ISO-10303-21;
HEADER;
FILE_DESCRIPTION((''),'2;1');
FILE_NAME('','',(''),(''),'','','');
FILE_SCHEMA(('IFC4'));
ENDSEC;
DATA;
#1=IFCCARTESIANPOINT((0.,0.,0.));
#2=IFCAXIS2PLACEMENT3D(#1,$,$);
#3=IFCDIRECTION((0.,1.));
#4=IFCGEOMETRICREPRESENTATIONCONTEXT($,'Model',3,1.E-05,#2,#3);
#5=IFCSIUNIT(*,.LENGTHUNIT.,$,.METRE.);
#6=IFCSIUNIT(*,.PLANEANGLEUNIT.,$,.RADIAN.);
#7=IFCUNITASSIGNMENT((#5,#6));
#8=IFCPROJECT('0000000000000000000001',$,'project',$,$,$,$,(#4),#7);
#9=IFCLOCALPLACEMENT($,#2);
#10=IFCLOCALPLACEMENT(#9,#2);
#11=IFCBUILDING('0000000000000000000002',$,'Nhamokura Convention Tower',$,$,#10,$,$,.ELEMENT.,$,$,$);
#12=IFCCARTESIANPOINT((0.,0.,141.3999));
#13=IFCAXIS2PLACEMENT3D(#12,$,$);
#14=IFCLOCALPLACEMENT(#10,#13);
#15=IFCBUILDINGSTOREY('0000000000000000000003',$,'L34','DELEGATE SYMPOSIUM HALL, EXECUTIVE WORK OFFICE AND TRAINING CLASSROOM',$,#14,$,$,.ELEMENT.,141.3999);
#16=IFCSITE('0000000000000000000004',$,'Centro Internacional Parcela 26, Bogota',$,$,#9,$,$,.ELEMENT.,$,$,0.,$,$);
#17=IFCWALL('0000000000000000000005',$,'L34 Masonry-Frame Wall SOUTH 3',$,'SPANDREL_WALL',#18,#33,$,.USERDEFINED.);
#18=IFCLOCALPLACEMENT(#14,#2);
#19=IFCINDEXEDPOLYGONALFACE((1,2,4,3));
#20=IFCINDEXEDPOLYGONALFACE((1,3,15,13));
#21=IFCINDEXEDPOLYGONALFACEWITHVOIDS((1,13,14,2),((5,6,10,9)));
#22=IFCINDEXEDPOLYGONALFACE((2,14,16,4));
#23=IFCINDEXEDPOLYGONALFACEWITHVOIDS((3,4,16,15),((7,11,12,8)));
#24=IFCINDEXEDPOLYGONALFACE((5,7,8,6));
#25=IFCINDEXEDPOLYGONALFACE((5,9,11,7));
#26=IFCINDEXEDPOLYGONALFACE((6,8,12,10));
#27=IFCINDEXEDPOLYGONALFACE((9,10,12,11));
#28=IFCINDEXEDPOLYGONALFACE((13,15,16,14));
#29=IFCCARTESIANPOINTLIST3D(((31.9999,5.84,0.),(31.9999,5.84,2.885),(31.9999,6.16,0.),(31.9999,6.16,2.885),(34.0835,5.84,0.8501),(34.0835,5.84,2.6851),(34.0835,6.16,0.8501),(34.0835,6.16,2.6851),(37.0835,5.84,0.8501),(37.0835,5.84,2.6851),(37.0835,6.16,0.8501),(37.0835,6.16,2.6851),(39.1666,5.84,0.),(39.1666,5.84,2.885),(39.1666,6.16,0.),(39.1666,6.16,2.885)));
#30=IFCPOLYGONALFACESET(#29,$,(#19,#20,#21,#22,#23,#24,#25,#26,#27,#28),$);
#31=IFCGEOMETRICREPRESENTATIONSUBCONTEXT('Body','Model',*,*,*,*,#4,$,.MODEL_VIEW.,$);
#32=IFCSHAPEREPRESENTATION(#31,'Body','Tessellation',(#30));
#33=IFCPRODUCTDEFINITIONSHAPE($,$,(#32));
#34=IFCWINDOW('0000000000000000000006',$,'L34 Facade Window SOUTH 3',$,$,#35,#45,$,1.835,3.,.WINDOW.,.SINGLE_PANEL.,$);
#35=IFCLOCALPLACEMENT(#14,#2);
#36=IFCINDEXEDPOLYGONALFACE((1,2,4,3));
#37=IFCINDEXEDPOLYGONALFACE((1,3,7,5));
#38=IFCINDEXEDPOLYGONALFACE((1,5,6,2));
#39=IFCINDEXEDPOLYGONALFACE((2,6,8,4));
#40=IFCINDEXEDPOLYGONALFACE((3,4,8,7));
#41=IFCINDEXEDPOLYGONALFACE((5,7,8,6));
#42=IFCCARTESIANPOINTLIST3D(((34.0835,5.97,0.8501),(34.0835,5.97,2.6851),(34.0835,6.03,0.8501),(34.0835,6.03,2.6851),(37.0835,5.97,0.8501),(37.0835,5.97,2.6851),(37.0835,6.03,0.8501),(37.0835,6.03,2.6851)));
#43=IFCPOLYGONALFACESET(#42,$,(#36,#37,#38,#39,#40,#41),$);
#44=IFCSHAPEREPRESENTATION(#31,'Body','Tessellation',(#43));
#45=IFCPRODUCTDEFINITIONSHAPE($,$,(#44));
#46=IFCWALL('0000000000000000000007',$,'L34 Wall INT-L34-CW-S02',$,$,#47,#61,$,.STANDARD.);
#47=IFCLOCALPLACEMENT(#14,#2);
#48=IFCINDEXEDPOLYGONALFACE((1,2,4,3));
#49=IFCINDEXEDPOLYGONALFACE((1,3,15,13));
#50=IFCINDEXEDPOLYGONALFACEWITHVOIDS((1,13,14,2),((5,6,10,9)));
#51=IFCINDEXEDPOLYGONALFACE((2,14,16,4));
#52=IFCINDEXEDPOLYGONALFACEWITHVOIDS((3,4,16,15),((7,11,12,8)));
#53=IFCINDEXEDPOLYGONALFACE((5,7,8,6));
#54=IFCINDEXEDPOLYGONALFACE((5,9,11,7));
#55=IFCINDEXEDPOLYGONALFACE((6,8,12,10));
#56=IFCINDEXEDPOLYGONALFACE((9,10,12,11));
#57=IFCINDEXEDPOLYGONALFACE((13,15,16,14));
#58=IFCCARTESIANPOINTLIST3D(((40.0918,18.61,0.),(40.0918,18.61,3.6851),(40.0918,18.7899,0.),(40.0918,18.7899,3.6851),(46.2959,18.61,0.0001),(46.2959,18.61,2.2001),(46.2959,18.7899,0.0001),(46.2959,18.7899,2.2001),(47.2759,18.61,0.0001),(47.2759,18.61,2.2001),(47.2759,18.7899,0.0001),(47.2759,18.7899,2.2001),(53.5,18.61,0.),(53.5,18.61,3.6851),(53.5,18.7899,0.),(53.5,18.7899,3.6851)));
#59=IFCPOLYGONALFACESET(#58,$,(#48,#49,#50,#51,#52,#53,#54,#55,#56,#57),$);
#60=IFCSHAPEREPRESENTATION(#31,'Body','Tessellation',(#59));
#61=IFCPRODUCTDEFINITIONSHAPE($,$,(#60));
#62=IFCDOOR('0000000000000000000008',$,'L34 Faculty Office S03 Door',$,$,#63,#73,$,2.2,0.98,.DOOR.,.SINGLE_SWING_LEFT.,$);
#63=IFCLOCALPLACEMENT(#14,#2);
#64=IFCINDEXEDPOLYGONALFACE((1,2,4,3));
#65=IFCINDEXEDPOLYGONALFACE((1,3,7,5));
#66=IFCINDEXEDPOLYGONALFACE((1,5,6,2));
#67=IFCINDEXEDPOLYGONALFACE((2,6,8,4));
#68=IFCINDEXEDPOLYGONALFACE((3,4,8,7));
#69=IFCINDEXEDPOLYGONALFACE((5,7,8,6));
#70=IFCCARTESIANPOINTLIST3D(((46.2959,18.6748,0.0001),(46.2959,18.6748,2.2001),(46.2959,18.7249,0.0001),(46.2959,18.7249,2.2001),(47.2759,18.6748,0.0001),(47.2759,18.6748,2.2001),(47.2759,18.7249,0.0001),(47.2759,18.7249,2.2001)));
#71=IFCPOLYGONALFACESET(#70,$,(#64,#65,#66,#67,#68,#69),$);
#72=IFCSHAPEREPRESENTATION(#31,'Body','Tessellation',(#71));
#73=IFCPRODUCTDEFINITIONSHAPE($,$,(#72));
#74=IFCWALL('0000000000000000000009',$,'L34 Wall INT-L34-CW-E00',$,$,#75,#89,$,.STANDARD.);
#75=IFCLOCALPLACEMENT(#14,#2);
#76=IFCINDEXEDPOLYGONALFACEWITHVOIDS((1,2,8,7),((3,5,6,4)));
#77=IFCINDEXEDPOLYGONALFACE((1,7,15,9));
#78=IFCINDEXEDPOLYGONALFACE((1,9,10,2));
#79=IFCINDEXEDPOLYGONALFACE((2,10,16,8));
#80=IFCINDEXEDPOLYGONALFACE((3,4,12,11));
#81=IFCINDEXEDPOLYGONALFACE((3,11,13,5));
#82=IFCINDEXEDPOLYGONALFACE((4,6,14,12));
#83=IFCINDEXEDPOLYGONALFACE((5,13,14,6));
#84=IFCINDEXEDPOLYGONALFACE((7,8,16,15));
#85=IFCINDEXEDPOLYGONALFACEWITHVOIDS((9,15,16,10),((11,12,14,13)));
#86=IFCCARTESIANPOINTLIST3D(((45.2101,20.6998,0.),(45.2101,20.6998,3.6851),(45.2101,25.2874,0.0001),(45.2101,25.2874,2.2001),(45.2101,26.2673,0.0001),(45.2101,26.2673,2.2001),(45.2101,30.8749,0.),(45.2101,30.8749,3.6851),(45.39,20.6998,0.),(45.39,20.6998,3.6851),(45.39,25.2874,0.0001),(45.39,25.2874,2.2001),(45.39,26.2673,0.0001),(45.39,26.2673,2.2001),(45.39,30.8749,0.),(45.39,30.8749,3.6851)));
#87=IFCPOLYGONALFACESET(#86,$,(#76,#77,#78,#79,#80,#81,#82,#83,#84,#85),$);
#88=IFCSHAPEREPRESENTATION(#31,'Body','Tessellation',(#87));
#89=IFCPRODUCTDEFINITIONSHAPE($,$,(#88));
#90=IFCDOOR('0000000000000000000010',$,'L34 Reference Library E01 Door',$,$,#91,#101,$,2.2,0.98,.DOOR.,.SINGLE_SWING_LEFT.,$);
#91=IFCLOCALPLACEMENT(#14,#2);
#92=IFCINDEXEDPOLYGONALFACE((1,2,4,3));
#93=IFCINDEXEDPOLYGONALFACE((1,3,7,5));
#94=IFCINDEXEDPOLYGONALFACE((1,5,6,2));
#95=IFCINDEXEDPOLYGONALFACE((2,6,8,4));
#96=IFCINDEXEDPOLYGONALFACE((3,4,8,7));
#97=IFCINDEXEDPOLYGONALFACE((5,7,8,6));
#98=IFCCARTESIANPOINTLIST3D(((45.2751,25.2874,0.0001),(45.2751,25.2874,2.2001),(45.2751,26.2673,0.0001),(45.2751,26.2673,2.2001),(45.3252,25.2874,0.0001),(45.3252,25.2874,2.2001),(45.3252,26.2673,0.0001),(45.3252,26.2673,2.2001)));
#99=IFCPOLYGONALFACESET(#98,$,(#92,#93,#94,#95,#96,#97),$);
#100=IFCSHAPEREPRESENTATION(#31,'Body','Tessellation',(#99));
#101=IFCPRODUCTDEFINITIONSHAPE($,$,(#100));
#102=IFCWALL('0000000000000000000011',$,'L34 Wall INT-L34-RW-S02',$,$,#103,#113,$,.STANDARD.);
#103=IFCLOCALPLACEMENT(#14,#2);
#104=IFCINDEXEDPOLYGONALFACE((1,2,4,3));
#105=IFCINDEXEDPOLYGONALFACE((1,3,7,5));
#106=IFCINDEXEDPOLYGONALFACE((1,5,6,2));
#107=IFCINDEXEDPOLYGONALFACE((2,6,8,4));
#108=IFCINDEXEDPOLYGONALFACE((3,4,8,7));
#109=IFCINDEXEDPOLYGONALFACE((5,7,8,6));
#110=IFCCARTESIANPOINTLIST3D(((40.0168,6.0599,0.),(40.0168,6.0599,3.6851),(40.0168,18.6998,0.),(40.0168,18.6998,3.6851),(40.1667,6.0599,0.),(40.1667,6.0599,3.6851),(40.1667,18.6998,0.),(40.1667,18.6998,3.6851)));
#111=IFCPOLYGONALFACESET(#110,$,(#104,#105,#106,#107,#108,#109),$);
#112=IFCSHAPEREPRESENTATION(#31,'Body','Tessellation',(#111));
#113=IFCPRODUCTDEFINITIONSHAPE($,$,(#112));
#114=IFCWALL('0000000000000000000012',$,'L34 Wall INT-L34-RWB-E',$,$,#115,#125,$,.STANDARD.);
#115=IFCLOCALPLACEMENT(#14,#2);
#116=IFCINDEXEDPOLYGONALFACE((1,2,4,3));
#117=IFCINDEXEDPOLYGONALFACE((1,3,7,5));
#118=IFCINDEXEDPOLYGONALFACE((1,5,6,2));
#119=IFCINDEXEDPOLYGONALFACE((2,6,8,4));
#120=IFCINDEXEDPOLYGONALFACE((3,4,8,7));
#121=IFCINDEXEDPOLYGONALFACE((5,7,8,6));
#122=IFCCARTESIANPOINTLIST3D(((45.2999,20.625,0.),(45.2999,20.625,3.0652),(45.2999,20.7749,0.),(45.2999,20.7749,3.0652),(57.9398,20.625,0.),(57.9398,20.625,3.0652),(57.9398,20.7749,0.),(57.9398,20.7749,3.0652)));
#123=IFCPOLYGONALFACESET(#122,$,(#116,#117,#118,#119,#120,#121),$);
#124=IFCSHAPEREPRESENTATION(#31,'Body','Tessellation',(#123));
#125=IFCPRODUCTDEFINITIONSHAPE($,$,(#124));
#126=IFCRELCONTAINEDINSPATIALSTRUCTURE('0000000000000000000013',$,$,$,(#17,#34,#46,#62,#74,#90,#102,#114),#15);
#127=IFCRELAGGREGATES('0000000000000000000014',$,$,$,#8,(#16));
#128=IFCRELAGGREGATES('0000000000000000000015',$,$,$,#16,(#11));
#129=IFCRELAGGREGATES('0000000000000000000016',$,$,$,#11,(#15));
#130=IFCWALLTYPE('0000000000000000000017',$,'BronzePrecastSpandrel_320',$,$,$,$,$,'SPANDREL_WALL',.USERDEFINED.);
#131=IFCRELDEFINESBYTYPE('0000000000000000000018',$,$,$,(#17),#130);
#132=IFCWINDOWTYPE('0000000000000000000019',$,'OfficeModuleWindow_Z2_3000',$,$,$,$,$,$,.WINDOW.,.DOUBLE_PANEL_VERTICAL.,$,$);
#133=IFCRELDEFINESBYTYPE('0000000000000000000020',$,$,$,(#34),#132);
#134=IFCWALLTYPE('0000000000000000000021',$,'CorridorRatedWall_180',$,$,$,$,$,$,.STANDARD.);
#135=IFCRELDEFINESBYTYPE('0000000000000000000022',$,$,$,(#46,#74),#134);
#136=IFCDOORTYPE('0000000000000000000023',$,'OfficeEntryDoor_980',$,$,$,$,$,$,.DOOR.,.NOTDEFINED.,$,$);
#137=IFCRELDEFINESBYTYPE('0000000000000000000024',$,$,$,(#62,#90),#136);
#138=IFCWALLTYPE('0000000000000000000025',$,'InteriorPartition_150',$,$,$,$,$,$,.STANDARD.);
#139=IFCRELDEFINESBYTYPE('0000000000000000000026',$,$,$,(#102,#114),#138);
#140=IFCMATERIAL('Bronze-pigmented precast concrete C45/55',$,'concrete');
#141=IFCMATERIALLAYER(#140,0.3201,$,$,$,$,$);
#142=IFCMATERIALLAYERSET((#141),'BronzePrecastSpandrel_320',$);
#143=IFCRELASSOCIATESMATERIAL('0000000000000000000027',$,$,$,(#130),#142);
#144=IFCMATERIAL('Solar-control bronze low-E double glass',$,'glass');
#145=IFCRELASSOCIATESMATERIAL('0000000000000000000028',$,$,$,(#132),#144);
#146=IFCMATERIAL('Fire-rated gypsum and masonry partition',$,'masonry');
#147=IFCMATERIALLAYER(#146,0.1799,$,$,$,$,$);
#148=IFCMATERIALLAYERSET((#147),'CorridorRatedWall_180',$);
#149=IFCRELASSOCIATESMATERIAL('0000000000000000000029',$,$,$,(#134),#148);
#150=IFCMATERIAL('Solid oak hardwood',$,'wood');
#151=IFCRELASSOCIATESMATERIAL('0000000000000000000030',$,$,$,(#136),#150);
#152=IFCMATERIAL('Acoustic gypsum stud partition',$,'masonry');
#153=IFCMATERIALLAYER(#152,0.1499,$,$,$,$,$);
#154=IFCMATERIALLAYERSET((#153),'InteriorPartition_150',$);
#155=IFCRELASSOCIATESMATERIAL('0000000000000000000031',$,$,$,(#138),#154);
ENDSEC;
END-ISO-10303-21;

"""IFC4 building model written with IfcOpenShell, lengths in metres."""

from ifc_helpers import new_model, si_unit, direction, frame, frame_2d, origin, place, context, subcontext, project, spatial, rectangle, extrude, material, layer, layer_set, type_object, element, fill, save


model = new_model("IFC4")

# Units and contexts
model_context = context("Model", 3, precision=1e-05, world=origin(), true_north=direction((0.0, 1.0)))
body_context = subcontext(model_context, "Body", "Model", "MODEL_VIEW")
ifc_project = project(units=[si_unit("LENGTHUNIT", "METRE"), si_unit("PLANEANGLEUNIT", "RADIAN")], contexts=[model_context])

# Site, building, storey
site_placement = place(None, origin())
site = spatial("IfcSite", under=ifc_project, at=site_placement, Name="Centro Internacional Parcela 26, Bogota", CompositionType="ELEMENT", RefElevation=0.0)
building_placement = place(site_placement, origin())
building = spatial("IfcBuilding", under=site, at=building_placement, Name="Nhamokura Convention Tower", CompositionType="ELEMENT")
storey_placement = place(building_placement, frame((0.0, 0.0, 141.3999)))
storey = spatial("IfcBuildingStorey", under=building, at=storey_placement, Name="L34", Description="DELEGATE SYMPOSIUM HALL, EXECUTIVE WORK OFFICE AND TRAINING CLASSROOM", CompositionType="ELEMENT", Elevation=141.3999)

# Wall, opening, window
ifc_material_1 = material(Name="Bronze-pigmented precast concrete C45/55", Category="concrete")
ifc_layer_1 = layer(ifc_material_1, 0.3201)
ifc_layer_set_1 = layer_set([ifc_layer_1], Name="BronzePrecastSpandrel_320")
wall_type_1 = type_object("IfcWallType", Name="BronzePrecastSpandrel_320", ElementType="SPANDREL_WALL", PredefinedType="USERDEFINED", material=ifc_layer_set_1)
wall_1_placement = place(storey_placement, frame((39.1667, 6.0, 0.0), z_axis=(0.0, 0.0, 1.0), x_axis=(-1.0, 0.0, 0.0)))
wall_1 = element("IfcWall", 1, at=wall_1_placement, inside=storey, type_object=wall_type_1, Name="L34 Masonry-Frame Wall SOUTH 3", ObjectType="SPANDREL_WALL", PredefinedType="USERDEFINED", context=body_context, shape_type="SweptSolid", body=[
    extrude(rectangle(XDim=7.1667, YDim=0.3201, at=frame_2d((3.5835, 0.0))), origin(), (0.0, 0.0, 1.0), 2.885),
])
opening_1_placement = place(wall_1_placement, frame((2.0833, 0.0, 0.8501)))
opening_1 = element("IfcOpeningElement", 2, at=opening_1_placement, cuts=wall_1, PredefinedType="OPENING", context=body_context, shape_type="SweptSolid", body=[
    extrude(rectangle(XDim=3.0, YDim=1.835, at=frame_2d((1.5, 0.9175))), frame((0.0, 0.1699, 0.0), z_axis=(0.0, -1.0, 0.0), x_axis=(1.0, 0.0, 0.0)), (0.0, 0.0, 1.0), 0.3401),
])
ifc_material_2 = material(Name="Solar-control bronze low-E double glass", Category="glass")
window_type = type_object("IfcWindowType", Name="OfficeModuleWindow_Z2_3000", PartitioningType="DOUBLE_PANEL_VERTICAL", PredefinedType="WINDOW", material=ifc_material_2)
window_placement = place(opening_1_placement, origin())
window = element("IfcWindow", 3, at=window_placement, inside=storey, type_object=window_type, Name="L34 Facade Window SOUTH 3", OverallHeight=1.835, OverallWidth=3.0, PartitioningType="SINGLE_PANEL", PredefinedType="WINDOW", context=body_context, shape_type="SweptSolid", body=[
    extrude(rectangle(XDim=3.0, YDim=1.835, at=frame_2d((1.5, 0.9175))), frame((0.0, 0.03, 0.0), z_axis=(0.0, -1.0, 0.0), x_axis=(1.0, 0.0, 0.0)), (0.0, 0.0, 1.0), 0.0601),
])
fill(opening_1, window)

# Walls, openings, doors
ifc_material_3 = material(Name="Fire-rated gypsum and masonry partition", Category="masonry")
ifc_layer_2 = layer(ifc_material_3, 0.1799)
ifc_layer_set_2 = layer_set([ifc_layer_2], Name="CorridorRatedWall_180")
wall_type_2 = type_object("IfcWallType", Name="CorridorRatedWall_180", PredefinedType="STANDARD", material=ifc_layer_set_2)
wall_2_placement = place(storey_placement, frame((40.0918, 18.7, 0.0), z_axis=(0.0, 0.0, 1.0), x_axis=(1.0, 0.0, 0.0)))
wall_2 = element("IfcWall", 4, at=wall_2_placement, inside=storey, type_object=wall_type_2, Name="L34 Wall INT-L34-CW-S02", PredefinedType="STANDARD", context=body_context, shape_type="SweptSolid", body=[
    extrude(rectangle(XDim=13.4082, YDim=0.1799, at=frame_2d((6.7041, 0.0))), origin(), (0.0, 0.0, 1.0), 3.6851),
])
opening_2_placement = place(wall_2_placement, frame((6.2041, 0.0, 0.0)))
opening_2 = element("IfcOpeningElement", 5, at=opening_2_placement, cuts=wall_2, PredefinedType="OPENING", context=body_context, shape_type="SweptSolid", body=[
    extrude(rectangle(XDim=0.98, YDim=2.2, at=frame_2d((0.49, 1.1001))), frame((0.0, 0.0999, 0.0), z_axis=(0.0, -1.0, 0.0), x_axis=(1.0, 0.0, 0.0)), (0.0, 0.0, 1.0), 0.2),
])
ifc_material_4 = material(Name="Solid oak hardwood", Category="wood")
door_type_1 = type_object("IfcDoorType", Name="OfficeEntryDoor_980", OperationType="NOTDEFINED", PredefinedType="DOOR", material=ifc_material_4)
door_1_placement = place(opening_2_placement, origin())
door_1 = element("IfcDoor", 6, at=door_1_placement, inside=storey, type_object=door_type_1, Name="L34 Faculty Office S03 Door", OperationType="SINGLE_SWING_LEFT", OverallHeight=2.2, OverallWidth=0.98, PredefinedType="DOOR", context=body_context, shape_type="SweptSolid", body=[
    extrude(rectangle(XDim=0.98, YDim=2.2, at=frame_2d((0.49, 1.1001))), frame((0.0, 0.0249, 0.0), z_axis=(0.0, -1.0, 0.0), x_axis=(1.0, 0.0, 0.0)), (0.0, 0.0, 1.0), 0.05),
])
fill(opening_2, door_1)
wall_3_placement = place(storey_placement, frame((45.3, 20.7, 0.0), z_axis=(0.0, 0.0, 1.0), x_axis=(0.0, 1.0, 0.0)))
wall_3 = element("IfcWall", 7, at=wall_3_placement, inside=storey, type_object=wall_type_2, Name="L34 Wall INT-L34-CW-E00", PredefinedType="STANDARD", context=body_context, shape_type="SweptSolid", body=[
    extrude(rectangle(XDim=10.175, YDim=0.1799, at=frame_2d((5.0874, 0.0))), origin(), (0.0, 0.0, 1.0), 3.6851),
])
opening_3_placement = place(wall_3_placement, frame((4.5874, 0.0, 0.0)))
opening_3 = element("IfcOpeningElement", 8, at=opening_3_placement, cuts=wall_3, PredefinedType="OPENING", context=body_context, shape_type="SweptSolid", body=[
    extrude(rectangle(XDim=0.98, YDim=2.2, at=frame_2d((0.49, 1.1001))), frame((0.0, 0.0999, 0.0), z_axis=(0.0, -1.0, 0.0), x_axis=(1.0, 0.0, 0.0)), (0.0, 0.0, 1.0), 0.2),
])
door_2_placement = place(opening_3_placement, origin())
door_2 = element("IfcDoor", 9, at=door_2_placement, inside=storey, type_object=door_type_1, Name="L34 Reference Library E01 Door", OperationType="SINGLE_SWING_LEFT", OverallHeight=2.2, OverallWidth=0.98, PredefinedType="DOOR", context=body_context, shape_type="SweptSolid", body=[
    extrude(rectangle(XDim=0.98, YDim=2.2, at=frame_2d((0.49, 1.1001))), frame((0.0, 0.0249, 0.0), z_axis=(0.0, -1.0, 0.0), x_axis=(1.0, 0.0, 0.0)), (0.0, 0.0, 1.0), 0.05),
])
fill(opening_3, door_2)

# Walls
ifc_material_5 = material(Name="Acoustic gypsum stud partition", Category="masonry")
ifc_layer_3 = layer(ifc_material_5, 0.1499)
ifc_layer_set_3 = layer_set([ifc_layer_3], Name="InteriorPartition_150")
wall_type_3 = type_object("IfcWallType", Name="InteriorPartition_150", PredefinedType="STANDARD", material=ifc_layer_set_3)
wall_4_placement = place(storey_placement, frame((40.0918, 6.0601, 0.0), z_axis=(0.0, 0.0, 1.0), x_axis=(0.0, 1.0, 0.0)))
element("IfcWall", 10, at=wall_4_placement, inside=storey, type_object=wall_type_3, Name="L34 Wall INT-L34-RW-S02", PredefinedType="STANDARD", context=body_context, shape_type="SweptSolid", body=[
    extrude(rectangle(XDim=12.6399, YDim=0.1499, at=frame_2d((6.3198, 0.0))), origin(), (0.0, 0.0, 1.0), 3.6851),
])
wall_5_placement = place(storey_placement, frame((45.3, 20.7, 0.0), z_axis=(0.0, 0.0, 1.0), x_axis=(1.0, 0.0, 0.0)))
element("IfcWall", 11, at=wall_5_placement, inside=storey, type_object=wall_type_3, Name="L34 Wall INT-L34-RWB-E", PredefinedType="STANDARD", context=body_context, shape_type="SweptSolid", body=[
    extrude(rectangle(XDim=12.6399, YDim=0.1499, at=frame_2d((6.3198, 0.0))), origin(), (0.0, 0.0, 1.0), 3.0652),
])

save(model, "model.ifc")
